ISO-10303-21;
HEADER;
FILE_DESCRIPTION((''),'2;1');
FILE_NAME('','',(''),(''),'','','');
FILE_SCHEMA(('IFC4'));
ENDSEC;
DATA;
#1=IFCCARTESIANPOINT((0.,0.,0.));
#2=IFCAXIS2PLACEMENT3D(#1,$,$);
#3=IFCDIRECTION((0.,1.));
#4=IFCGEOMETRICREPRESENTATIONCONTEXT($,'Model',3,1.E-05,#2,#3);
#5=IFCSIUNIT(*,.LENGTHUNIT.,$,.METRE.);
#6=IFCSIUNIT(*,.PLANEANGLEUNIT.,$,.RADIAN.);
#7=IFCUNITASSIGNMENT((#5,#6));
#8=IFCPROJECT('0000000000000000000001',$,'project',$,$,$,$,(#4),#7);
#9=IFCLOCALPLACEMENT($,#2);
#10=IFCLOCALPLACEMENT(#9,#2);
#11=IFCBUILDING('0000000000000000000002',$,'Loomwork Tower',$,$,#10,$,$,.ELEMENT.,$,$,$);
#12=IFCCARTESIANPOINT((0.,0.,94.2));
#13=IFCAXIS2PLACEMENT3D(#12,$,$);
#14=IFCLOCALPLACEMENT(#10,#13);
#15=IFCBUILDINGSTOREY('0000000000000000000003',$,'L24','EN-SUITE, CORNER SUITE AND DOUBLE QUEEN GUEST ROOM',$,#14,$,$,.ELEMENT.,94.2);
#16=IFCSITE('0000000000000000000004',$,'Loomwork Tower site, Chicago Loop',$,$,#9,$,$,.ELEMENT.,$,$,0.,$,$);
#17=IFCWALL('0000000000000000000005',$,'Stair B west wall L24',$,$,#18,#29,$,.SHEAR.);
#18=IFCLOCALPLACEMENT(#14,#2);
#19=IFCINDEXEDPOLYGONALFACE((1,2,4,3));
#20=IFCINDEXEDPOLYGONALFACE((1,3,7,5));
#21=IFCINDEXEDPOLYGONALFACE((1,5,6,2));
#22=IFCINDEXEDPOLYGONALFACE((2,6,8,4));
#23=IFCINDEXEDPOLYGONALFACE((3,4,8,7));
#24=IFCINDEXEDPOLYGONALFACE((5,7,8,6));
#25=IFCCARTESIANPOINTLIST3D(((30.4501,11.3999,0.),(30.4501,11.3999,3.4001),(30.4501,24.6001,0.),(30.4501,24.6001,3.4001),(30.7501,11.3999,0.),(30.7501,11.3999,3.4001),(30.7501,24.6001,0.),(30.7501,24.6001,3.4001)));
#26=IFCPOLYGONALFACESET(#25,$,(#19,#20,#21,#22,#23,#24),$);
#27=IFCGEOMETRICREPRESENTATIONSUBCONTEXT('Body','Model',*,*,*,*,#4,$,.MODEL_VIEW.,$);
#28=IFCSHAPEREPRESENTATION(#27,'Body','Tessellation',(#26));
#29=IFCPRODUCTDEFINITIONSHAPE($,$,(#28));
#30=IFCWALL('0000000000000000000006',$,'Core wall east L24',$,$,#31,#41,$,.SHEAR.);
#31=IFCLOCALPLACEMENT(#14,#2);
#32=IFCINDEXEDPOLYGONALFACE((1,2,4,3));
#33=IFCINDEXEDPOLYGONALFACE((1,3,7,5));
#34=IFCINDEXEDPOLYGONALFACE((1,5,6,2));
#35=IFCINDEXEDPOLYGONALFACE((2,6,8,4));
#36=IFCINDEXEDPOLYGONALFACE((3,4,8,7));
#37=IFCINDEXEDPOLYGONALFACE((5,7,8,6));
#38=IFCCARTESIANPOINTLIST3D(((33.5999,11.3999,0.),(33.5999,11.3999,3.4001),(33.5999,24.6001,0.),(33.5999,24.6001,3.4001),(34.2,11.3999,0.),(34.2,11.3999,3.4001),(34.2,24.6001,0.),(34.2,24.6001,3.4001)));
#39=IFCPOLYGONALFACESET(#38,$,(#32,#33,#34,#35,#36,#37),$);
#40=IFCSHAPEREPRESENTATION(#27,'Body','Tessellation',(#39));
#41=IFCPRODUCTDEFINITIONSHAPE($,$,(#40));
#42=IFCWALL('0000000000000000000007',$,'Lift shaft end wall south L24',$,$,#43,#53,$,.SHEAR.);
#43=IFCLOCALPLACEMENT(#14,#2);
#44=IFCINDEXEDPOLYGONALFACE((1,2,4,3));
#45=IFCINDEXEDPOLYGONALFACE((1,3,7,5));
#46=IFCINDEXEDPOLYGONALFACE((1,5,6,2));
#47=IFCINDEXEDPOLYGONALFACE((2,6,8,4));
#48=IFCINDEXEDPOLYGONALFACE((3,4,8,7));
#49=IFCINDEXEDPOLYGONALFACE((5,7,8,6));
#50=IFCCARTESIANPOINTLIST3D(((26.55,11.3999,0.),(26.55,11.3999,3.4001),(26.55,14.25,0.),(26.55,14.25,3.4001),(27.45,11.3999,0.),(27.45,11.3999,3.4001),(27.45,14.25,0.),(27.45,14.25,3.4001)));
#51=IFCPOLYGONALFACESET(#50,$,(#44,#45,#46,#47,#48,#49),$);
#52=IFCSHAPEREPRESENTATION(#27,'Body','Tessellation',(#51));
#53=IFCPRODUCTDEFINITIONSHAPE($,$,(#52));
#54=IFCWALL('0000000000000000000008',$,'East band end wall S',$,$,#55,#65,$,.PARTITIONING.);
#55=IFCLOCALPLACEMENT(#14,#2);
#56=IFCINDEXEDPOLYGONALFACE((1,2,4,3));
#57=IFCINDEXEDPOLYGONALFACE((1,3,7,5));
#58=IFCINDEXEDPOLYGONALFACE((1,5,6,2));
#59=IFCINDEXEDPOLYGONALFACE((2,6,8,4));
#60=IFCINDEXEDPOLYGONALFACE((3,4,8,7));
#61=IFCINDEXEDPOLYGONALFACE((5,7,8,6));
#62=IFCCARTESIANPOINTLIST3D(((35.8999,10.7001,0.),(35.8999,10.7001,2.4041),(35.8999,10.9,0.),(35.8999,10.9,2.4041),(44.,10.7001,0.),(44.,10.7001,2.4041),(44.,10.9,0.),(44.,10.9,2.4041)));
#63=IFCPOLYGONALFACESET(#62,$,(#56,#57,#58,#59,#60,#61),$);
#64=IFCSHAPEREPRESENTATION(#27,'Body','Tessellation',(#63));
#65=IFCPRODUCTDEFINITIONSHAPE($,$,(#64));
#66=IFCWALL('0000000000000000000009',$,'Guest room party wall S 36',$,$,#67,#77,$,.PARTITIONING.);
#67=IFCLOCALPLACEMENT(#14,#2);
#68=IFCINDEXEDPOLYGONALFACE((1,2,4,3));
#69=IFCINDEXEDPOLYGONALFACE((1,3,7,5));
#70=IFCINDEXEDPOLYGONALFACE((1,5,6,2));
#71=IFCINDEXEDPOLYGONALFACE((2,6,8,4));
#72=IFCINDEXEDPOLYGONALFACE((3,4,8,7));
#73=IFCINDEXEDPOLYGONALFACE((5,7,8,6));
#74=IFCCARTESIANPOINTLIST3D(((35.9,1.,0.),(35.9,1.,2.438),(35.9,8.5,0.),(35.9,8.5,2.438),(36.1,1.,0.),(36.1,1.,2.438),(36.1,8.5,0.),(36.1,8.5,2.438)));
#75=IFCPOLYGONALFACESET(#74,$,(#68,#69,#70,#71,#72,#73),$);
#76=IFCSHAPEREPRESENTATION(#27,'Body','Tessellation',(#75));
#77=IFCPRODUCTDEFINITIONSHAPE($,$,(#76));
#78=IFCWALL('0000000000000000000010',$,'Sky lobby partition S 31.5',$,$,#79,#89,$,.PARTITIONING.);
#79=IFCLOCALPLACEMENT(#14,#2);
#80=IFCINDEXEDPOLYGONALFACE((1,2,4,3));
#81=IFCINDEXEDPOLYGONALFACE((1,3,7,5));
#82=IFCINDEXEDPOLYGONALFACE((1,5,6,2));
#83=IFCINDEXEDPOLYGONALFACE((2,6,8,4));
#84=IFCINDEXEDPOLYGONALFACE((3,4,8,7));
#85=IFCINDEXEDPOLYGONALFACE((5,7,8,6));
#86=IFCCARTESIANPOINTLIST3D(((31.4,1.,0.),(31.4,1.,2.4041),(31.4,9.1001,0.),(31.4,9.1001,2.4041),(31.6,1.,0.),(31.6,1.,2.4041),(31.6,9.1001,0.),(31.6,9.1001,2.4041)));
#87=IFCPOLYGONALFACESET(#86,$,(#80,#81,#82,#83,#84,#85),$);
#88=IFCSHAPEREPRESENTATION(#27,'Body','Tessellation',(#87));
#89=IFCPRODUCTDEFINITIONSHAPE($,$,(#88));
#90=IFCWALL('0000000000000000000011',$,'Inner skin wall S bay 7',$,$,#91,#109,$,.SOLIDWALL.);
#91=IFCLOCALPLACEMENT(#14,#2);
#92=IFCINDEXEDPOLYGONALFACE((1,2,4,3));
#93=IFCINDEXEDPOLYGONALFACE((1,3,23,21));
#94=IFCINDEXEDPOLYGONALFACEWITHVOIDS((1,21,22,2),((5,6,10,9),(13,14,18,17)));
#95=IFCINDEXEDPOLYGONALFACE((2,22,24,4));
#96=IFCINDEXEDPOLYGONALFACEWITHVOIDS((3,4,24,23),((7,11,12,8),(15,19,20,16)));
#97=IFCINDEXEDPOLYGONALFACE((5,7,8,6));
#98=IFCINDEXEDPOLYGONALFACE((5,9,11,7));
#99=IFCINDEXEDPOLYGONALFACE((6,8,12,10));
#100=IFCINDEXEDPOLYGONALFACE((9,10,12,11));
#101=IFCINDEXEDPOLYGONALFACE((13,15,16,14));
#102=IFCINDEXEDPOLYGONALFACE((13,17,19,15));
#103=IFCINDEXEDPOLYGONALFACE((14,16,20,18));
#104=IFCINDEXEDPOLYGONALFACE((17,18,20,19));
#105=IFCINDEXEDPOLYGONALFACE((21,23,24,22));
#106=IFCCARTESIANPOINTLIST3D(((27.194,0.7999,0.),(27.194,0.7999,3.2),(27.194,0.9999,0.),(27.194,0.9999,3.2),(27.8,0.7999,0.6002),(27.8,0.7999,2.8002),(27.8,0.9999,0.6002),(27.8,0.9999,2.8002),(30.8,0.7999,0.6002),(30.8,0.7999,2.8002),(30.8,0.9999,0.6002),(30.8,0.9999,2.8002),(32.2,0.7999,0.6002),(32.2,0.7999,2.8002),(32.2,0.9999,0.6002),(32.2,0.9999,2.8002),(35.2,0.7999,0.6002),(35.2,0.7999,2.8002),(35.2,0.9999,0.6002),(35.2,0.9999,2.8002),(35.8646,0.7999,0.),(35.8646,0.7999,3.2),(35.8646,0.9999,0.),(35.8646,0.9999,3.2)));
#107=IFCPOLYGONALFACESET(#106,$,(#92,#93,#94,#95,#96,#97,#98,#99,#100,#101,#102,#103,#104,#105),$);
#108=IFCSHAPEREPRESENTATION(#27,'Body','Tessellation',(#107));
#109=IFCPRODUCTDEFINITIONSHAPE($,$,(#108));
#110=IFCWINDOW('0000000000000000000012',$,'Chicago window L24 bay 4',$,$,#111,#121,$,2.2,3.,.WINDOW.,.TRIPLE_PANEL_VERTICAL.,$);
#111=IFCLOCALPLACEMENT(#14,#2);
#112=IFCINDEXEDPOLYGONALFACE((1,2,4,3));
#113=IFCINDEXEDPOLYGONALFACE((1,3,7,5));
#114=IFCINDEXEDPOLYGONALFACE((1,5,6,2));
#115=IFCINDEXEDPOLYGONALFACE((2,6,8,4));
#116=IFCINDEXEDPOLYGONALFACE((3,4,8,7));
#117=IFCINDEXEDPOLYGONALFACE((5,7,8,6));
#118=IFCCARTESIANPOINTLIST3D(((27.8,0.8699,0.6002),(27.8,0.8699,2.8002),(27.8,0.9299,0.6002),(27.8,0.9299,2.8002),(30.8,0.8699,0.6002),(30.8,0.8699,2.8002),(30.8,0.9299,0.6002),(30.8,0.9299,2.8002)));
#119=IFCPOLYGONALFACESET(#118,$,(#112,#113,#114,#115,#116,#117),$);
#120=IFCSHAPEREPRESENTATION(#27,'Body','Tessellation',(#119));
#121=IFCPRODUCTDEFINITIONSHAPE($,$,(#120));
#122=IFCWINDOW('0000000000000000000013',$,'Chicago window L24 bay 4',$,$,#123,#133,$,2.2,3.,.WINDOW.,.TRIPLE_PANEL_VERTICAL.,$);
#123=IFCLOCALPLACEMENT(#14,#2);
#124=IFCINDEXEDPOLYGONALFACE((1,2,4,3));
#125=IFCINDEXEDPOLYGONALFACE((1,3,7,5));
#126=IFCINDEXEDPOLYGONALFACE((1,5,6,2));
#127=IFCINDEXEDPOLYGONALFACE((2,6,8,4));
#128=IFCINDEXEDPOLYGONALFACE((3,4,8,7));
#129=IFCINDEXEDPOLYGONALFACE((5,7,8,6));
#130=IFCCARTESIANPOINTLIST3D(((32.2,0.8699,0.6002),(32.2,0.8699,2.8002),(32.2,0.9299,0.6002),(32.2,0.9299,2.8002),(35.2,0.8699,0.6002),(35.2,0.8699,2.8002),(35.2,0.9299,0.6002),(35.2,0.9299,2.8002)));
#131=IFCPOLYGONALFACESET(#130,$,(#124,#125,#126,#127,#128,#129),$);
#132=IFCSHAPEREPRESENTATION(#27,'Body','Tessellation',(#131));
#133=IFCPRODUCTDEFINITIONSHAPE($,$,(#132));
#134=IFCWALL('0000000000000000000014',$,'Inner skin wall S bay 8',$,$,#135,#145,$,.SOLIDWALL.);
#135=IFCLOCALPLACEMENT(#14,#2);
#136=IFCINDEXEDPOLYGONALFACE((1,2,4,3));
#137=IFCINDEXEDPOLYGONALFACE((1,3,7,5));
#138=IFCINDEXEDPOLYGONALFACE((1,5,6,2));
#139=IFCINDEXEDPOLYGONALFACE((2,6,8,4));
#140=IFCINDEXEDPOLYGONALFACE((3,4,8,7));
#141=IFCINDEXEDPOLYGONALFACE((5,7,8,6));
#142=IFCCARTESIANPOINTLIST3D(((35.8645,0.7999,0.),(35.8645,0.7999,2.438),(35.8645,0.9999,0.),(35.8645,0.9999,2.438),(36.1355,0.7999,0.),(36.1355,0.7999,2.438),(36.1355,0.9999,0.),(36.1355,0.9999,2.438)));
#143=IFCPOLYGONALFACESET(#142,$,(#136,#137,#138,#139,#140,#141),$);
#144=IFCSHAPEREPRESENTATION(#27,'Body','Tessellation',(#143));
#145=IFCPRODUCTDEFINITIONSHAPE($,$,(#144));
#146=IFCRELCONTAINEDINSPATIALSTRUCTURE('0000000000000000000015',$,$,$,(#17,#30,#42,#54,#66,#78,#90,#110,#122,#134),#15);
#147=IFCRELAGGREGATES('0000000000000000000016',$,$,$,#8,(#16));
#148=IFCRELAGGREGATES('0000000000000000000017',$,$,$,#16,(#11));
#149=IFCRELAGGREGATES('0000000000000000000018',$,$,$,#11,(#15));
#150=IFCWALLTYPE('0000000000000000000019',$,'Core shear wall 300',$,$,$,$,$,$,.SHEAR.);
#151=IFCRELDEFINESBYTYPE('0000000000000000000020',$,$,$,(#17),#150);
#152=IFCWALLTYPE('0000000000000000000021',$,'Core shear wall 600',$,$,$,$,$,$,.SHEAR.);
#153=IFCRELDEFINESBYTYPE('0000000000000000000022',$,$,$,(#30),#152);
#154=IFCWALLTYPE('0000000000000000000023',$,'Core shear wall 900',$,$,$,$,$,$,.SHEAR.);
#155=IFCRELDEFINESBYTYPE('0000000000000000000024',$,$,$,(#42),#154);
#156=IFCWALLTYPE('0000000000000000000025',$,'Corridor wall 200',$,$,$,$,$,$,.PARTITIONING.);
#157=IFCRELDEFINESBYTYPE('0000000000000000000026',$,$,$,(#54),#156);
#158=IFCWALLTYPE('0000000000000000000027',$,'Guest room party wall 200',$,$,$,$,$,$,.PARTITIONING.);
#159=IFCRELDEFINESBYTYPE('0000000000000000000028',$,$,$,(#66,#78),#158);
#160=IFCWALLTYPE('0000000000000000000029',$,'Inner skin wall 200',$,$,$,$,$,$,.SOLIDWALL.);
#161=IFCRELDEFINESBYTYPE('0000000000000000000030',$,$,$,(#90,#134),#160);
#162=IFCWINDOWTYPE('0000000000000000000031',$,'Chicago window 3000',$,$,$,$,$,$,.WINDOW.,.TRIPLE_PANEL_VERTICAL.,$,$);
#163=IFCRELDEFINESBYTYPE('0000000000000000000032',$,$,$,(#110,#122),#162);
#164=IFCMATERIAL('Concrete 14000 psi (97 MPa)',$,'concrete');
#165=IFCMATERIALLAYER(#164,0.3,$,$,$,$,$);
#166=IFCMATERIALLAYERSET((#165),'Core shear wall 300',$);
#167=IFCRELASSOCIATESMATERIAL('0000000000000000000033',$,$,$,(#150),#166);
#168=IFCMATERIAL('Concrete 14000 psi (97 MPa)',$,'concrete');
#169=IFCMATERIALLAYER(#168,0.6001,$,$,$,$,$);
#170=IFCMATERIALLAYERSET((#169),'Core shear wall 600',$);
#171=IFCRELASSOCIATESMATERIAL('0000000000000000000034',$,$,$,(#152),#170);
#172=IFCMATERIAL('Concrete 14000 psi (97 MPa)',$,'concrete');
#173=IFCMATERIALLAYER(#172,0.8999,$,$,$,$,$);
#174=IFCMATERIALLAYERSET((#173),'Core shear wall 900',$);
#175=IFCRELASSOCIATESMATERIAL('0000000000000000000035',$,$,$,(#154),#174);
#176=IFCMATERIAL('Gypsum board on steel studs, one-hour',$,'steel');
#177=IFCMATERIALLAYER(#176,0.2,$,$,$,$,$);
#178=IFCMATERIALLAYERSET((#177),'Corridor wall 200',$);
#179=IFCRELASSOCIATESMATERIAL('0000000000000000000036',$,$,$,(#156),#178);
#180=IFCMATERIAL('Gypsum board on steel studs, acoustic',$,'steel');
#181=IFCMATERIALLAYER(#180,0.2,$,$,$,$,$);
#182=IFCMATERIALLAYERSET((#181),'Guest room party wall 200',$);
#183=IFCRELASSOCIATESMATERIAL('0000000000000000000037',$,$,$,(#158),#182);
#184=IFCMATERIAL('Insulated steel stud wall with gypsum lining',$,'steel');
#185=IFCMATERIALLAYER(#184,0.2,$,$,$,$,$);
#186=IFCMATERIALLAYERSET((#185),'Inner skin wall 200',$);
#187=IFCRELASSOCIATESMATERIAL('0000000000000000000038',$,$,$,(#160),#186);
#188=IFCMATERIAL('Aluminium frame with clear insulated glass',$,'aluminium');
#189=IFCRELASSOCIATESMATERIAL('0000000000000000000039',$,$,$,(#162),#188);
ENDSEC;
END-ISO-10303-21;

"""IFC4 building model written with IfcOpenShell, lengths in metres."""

from ifc_helpers import new_model, si_unit, direction, frame, frame_2d, origin, place, context, subcontext, project, spatial, rectangle, extrude, material, layer, layer_set, type_object, element, fill, save


model = new_model("IFC4")

# Units and contexts
model_context = context("Model", 3, precision=1e-05, world=origin(), true_north=direction((0.0, 1.0)))
body_context = subcontext(model_context, "Body", "Model", "MODEL_VIEW")
ifc_project = project(units=[si_unit("LENGTHUNIT", "METRE"), si_unit("PLANEANGLEUNIT", "RADIAN")], contexts=[model_context])

# Site, building, storey
site_placement = place(None, origin())
site = spatial("IfcSite", under=ifc_project, at=site_placement, Name="Loomwork Tower site, Chicago Loop", CompositionType="ELEMENT", RefElevation=0.0)
building_placement = place(site_placement, origin())
building = spatial("IfcBuilding", under=site, at=building_placement, Name="Loomwork Tower", CompositionType="ELEMENT")
storey_placement = place(building_placement, frame((0.0, 0.0, 94.2)))
storey = spatial("IfcBuildingStorey", under=building, at=storey_placement, Name="L24", Description="EN-SUITE, CORNER SUITE AND DOUBLE QUEEN GUEST ROOM", CompositionType="ELEMENT", Elevation=94.2)

# Walls
ifc_material_1 = material(Name="Concrete 14000 psi (97 MPa)", Category="concrete")
ifc_layer_1 = layer(ifc_material_1, 0.3)
ifc_layer_set_1 = layer_set([ifc_layer_1], Name="Core shear wall 300")
wall_type_1 = type_object("IfcWallType", Name="Core shear wall 300", PredefinedType="SHEAR", material=ifc_layer_set_1)
wall_1_placement = place(storey_placement, frame((30.6001, 11.3999, 0.0), z_axis=(0.0, 0.0, 1.0), x_axis=(0.0, 1.0, 0.0)))
element("IfcWall", 1, at=wall_1_placement, inside=storey, type_object=wall_type_1, Name="Stair B west wall L24", PredefinedType="SHEAR", context=body_context, shape_type="SweptSolid", body=[
    extrude(rectangle(XDim=13.2002, YDim=0.3, at=frame_2d((6.6001, 0.0))), origin(), (0.0, 0.0, 1.0), 3.4001),
])
ifc_material_2 = material(Name="Concrete 14000 psi (97 MPa)", Category="concrete")
ifc_layer_2 = layer(ifc_material_2, 0.6001)
ifc_layer_set_2 = layer_set([ifc_layer_2], Name="Core shear wall 600")
wall_type_2 = type_object("IfcWallType", Name="Core shear wall 600", PredefinedType="SHEAR", material=ifc_layer_set_2)
wall_2_placement = place(storey_placement, frame((33.8999, 11.3999, 0.0), z_axis=(0.0, 0.0, 1.0), x_axis=(0.0, 1.0, 0.0)))
element("IfcWall", 2, at=wall_2_placement, inside=storey, type_object=wall_type_2, Name="Core wall east L24", PredefinedType="SHEAR", context=body_context, shape_type="SweptSolid", body=[
    extrude(rectangle(XDim=13.2002, YDim=0.6001, at=frame_2d((6.6001, 0.0))), origin(), (0.0, 0.0, 1.0), 3.4001),
])
ifc_material_3 = material(Name="Concrete 14000 psi (97 MPa)", Category="concrete")
ifc_layer_3 = layer(ifc_material_3, 0.8999)
ifc_layer_set_3 = layer_set([ifc_layer_3], Name="Core shear wall 900")
wall_type_3 = type_object("IfcWallType", Name="Core shear wall 900", PredefinedType="SHEAR", material=ifc_layer_set_3)
wall_3_placement = place(storey_placement, frame((27.0, 11.3999, 0.0), z_axis=(0.0, 0.0, 1.0), x_axis=(0.0, 1.0, 0.0)))
element("IfcWall", 3, at=wall_3_placement, inside=storey, type_object=wall_type_3, Name="Lift shaft end wall south L24", PredefinedType="SHEAR", context=body_context, shape_type="SweptSolid", body=[
    extrude(rectangle(XDim=2.8501, YDim=0.8999, at=frame_2d((1.425, 0.0))), origin(), (0.0, 0.0, 1.0), 3.4001),
])

# Shared definitions
ifc_material_4 = material(Name="Gypsum board on steel studs, one-hour", Category="steel")
ifc_layer_4 = layer(ifc_material_4, 0.2)
ifc_layer_set_4 = layer_set([ifc_layer_4], Name="Corridor wall 200")
wall_type_4 = type_object("IfcWallType", Name="Corridor wall 200", PredefinedType="PARTITIONING", material=ifc_layer_set_4)

# Walls
wall_4_placement = place(storey_placement, frame((35.8999, 10.8, 0.0), z_axis=(0.0, 0.0, 1.0), x_axis=(1.0, 0.0, 0.0)))
element("IfcWall", 4, at=wall_4_placement, inside=storey, type_object=wall_type_4, Name="East band end wall S", PredefinedType="PARTITIONING", context=body_context, shape_type="SweptSolid", body=[
    extrude(rectangle(XDim=8.1001, YDim=0.2, at=frame_2d((4.05, 0.0))), origin(), (0.0, 0.0, 1.0), 2.4041),
])
ifc_material_5 = material(Name="Gypsum board on steel studs, acoustic", Category="steel")
ifc_layer_5 = layer(ifc_material_5, 0.2)
ifc_layer_set_5 = layer_set([ifc_layer_5], Name="Guest room party wall 200")
wall_type_5 = type_object("IfcWallType", Name="Guest room party wall 200", PredefinedType="PARTITIONING", material=ifc_layer_set_5)
wall_5_placement = place(storey_placement, frame((36.0, 8.5, 0.0), z_axis=(0.0, 0.0, 1.0), x_axis=(0.0, -1.0, 0.0)))
element("IfcWall", 5, at=wall_5_placement, inside=storey, type_object=wall_type_5, Name="Guest room party wall S 36", PredefinedType="PARTITIONING", context=body_context, shape_type="SweptSolid", body=[
    extrude(rectangle(XDim=7.5, YDim=0.2, at=frame_2d((3.75, 0.0))), origin(), (0.0, 0.0, 1.0), 2.438),
])
wall_6_placement = place(storey_placement, frame((31.5, 9.1001, 0.0), z_axis=(0.0, 0.0, 1.0), x_axis=(0.0, -1.0, 0.0)))
element("IfcWall", 6, at=wall_6_placement, inside=storey, type_object=wall_type_5, Name="Sky lobby partition S 31.5", PredefinedType="PARTITIONING", context=body_context, shape_type="SweptSolid", body=[
    extrude(rectangle(XDim=8.1001, YDim=0.2, at=frame_2d((4.05, 0.0))), origin(), (0.0, 0.0, 1.0), 2.4041),
])

# Wall, openings, windows
ifc_material_6 = material(Name="Insulated steel stud wall with gypsum lining", Category="steel")
ifc_layer_6 = layer(ifc_material_6, 0.2)
ifc_layer_set_6 = layer_set([ifc_layer_6], Name="Inner skin wall 200")
wall_type_6 = type_object("IfcWallType", Name="Inner skin wall 200", PredefinedType="SOLIDWALL", material=ifc_layer_set_6)
wall_7_placement = place(storey_placement, frame((27.1938, 0.8999, 0.0), z_axis=(0.0, 0.0, 1.0), x_axis=(1.0, 0.0, 0.0)))
wall_7 = element("IfcWall", 7, at=wall_7_placement, inside=storey, type_object=wall_type_6, Name="Inner skin wall S bay 7", PredefinedType="SOLIDWALL", context=body_context, shape_type="SweptSolid", body=[
    extrude(rectangle(XDim=8.6707, YDim=0.2, at=frame_2d((4.3354, 0.0))), origin(), (0.0, 0.0, 1.0), 3.2),
])
opening_1_placement = place(wall_7_placement, frame((0.6062, 0.0, 0.6001)))
opening_1 = element("IfcOpeningElement", 8, at=opening_1_placement, cuts=wall_7, PredefinedType="OPENING", context=body_context, shape_type="SweptSolid", body=[
    extrude(rectangle(XDim=3.0, YDim=2.2, at=frame_2d((1.5, 1.1001))), frame((0.0, 0.1099, 0.0), z_axis=(0.0, -1.0, 0.0), x_axis=(1.0, 0.0, 0.0)), (0.0, 0.0, 1.0), 0.22),
])
opening_2_placement = place(wall_7_placement, frame((5.0061, 0.0, 0.6001)))
opening_2 = element("IfcOpeningElement", 9, at=opening_2_placement, cuts=wall_7, PredefinedType="OPENING", context=body_context, shape_type="SweptSolid", body=[
    extrude(rectangle(XDim=3.0, YDim=2.2, at=frame_2d((1.5, 1.1001))), frame((0.0, 0.1099, 0.0), z_axis=(0.0, -1.0, 0.0), x_axis=(1.0, 0.0, 0.0)), (0.0, 0.0, 1.0), 0.22),
])
ifc_material_7 = material(Name="Aluminium frame with clear insulated glass", Category="aluminium")
window_type = type_object("IfcWindowType", Name="Chicago window 3000", PartitioningType="TRIPLE_PANEL_VERTICAL", PredefinedType="WINDOW", material=ifc_material_7)
window_1_placement = place(opening_1_placement, origin())
window_1 = element("IfcWindow", 10, at=window_1_placement, inside=storey, type_object=window_type, Name="Chicago window L24 bay 4", OverallHeight=2.2, OverallWidth=3.0, PartitioningType="TRIPLE_PANEL_VERTICAL", PredefinedType="WINDOW", context=body_context, shape_type="SweptSolid", body=[
    extrude(rectangle(XDim=3.0, YDim=2.2, at=frame_2d((1.5, 1.1001))), frame((0.0, 0.03, 0.0), z_axis=(0.0, -1.0, 0.0), x_axis=(1.0, 0.0, 0.0)), (0.0, 0.0, 1.0), 0.0601),
])
fill(opening_1, window_1)
window_2_placement = place(opening_2_placement, origin())
window_2 = element("IfcWindow", 11, at=window_2_placement, inside=storey, type_object=window_type, Name="Chicago window L24 bay 4", OverallHeight=2.2, OverallWidth=3.0, PartitioningType="TRIPLE_PANEL_VERTICAL", PredefinedType="WINDOW", context=body_context, shape_type="SweptSolid", body=[
    extrude(rectangle(XDim=3.0, YDim=2.2, at=frame_2d((1.5, 1.1001))), frame((0.0, 0.03, 0.0), z_axis=(0.0, -1.0, 0.0), x_axis=(1.0, 0.0, 0.0)), (0.0, 0.0, 1.0), 0.0601),
])
fill(opening_2, window_2)

# Wall
wall_8_placement = place(storey_placement, frame((35.8645, 0.8999, 0.0), z_axis=(0.0, 0.0, 1.0), x_axis=(1.0, 0.0, 0.0)))
element("IfcWall", 12, at=wall_8_placement, inside=storey, type_object=wall_type_6, Name="Inner skin wall S bay 8", PredefinedType="SOLIDWALL", context=body_context, shape_type="SweptSolid", body=[
    extrude(rectangle(XDim=0.271, YDim=0.2, at=frame_2d((0.1355, 0.0))), origin(), (0.0, 0.0, 1.0), 2.438),
])

save(model, "model.ifc")
